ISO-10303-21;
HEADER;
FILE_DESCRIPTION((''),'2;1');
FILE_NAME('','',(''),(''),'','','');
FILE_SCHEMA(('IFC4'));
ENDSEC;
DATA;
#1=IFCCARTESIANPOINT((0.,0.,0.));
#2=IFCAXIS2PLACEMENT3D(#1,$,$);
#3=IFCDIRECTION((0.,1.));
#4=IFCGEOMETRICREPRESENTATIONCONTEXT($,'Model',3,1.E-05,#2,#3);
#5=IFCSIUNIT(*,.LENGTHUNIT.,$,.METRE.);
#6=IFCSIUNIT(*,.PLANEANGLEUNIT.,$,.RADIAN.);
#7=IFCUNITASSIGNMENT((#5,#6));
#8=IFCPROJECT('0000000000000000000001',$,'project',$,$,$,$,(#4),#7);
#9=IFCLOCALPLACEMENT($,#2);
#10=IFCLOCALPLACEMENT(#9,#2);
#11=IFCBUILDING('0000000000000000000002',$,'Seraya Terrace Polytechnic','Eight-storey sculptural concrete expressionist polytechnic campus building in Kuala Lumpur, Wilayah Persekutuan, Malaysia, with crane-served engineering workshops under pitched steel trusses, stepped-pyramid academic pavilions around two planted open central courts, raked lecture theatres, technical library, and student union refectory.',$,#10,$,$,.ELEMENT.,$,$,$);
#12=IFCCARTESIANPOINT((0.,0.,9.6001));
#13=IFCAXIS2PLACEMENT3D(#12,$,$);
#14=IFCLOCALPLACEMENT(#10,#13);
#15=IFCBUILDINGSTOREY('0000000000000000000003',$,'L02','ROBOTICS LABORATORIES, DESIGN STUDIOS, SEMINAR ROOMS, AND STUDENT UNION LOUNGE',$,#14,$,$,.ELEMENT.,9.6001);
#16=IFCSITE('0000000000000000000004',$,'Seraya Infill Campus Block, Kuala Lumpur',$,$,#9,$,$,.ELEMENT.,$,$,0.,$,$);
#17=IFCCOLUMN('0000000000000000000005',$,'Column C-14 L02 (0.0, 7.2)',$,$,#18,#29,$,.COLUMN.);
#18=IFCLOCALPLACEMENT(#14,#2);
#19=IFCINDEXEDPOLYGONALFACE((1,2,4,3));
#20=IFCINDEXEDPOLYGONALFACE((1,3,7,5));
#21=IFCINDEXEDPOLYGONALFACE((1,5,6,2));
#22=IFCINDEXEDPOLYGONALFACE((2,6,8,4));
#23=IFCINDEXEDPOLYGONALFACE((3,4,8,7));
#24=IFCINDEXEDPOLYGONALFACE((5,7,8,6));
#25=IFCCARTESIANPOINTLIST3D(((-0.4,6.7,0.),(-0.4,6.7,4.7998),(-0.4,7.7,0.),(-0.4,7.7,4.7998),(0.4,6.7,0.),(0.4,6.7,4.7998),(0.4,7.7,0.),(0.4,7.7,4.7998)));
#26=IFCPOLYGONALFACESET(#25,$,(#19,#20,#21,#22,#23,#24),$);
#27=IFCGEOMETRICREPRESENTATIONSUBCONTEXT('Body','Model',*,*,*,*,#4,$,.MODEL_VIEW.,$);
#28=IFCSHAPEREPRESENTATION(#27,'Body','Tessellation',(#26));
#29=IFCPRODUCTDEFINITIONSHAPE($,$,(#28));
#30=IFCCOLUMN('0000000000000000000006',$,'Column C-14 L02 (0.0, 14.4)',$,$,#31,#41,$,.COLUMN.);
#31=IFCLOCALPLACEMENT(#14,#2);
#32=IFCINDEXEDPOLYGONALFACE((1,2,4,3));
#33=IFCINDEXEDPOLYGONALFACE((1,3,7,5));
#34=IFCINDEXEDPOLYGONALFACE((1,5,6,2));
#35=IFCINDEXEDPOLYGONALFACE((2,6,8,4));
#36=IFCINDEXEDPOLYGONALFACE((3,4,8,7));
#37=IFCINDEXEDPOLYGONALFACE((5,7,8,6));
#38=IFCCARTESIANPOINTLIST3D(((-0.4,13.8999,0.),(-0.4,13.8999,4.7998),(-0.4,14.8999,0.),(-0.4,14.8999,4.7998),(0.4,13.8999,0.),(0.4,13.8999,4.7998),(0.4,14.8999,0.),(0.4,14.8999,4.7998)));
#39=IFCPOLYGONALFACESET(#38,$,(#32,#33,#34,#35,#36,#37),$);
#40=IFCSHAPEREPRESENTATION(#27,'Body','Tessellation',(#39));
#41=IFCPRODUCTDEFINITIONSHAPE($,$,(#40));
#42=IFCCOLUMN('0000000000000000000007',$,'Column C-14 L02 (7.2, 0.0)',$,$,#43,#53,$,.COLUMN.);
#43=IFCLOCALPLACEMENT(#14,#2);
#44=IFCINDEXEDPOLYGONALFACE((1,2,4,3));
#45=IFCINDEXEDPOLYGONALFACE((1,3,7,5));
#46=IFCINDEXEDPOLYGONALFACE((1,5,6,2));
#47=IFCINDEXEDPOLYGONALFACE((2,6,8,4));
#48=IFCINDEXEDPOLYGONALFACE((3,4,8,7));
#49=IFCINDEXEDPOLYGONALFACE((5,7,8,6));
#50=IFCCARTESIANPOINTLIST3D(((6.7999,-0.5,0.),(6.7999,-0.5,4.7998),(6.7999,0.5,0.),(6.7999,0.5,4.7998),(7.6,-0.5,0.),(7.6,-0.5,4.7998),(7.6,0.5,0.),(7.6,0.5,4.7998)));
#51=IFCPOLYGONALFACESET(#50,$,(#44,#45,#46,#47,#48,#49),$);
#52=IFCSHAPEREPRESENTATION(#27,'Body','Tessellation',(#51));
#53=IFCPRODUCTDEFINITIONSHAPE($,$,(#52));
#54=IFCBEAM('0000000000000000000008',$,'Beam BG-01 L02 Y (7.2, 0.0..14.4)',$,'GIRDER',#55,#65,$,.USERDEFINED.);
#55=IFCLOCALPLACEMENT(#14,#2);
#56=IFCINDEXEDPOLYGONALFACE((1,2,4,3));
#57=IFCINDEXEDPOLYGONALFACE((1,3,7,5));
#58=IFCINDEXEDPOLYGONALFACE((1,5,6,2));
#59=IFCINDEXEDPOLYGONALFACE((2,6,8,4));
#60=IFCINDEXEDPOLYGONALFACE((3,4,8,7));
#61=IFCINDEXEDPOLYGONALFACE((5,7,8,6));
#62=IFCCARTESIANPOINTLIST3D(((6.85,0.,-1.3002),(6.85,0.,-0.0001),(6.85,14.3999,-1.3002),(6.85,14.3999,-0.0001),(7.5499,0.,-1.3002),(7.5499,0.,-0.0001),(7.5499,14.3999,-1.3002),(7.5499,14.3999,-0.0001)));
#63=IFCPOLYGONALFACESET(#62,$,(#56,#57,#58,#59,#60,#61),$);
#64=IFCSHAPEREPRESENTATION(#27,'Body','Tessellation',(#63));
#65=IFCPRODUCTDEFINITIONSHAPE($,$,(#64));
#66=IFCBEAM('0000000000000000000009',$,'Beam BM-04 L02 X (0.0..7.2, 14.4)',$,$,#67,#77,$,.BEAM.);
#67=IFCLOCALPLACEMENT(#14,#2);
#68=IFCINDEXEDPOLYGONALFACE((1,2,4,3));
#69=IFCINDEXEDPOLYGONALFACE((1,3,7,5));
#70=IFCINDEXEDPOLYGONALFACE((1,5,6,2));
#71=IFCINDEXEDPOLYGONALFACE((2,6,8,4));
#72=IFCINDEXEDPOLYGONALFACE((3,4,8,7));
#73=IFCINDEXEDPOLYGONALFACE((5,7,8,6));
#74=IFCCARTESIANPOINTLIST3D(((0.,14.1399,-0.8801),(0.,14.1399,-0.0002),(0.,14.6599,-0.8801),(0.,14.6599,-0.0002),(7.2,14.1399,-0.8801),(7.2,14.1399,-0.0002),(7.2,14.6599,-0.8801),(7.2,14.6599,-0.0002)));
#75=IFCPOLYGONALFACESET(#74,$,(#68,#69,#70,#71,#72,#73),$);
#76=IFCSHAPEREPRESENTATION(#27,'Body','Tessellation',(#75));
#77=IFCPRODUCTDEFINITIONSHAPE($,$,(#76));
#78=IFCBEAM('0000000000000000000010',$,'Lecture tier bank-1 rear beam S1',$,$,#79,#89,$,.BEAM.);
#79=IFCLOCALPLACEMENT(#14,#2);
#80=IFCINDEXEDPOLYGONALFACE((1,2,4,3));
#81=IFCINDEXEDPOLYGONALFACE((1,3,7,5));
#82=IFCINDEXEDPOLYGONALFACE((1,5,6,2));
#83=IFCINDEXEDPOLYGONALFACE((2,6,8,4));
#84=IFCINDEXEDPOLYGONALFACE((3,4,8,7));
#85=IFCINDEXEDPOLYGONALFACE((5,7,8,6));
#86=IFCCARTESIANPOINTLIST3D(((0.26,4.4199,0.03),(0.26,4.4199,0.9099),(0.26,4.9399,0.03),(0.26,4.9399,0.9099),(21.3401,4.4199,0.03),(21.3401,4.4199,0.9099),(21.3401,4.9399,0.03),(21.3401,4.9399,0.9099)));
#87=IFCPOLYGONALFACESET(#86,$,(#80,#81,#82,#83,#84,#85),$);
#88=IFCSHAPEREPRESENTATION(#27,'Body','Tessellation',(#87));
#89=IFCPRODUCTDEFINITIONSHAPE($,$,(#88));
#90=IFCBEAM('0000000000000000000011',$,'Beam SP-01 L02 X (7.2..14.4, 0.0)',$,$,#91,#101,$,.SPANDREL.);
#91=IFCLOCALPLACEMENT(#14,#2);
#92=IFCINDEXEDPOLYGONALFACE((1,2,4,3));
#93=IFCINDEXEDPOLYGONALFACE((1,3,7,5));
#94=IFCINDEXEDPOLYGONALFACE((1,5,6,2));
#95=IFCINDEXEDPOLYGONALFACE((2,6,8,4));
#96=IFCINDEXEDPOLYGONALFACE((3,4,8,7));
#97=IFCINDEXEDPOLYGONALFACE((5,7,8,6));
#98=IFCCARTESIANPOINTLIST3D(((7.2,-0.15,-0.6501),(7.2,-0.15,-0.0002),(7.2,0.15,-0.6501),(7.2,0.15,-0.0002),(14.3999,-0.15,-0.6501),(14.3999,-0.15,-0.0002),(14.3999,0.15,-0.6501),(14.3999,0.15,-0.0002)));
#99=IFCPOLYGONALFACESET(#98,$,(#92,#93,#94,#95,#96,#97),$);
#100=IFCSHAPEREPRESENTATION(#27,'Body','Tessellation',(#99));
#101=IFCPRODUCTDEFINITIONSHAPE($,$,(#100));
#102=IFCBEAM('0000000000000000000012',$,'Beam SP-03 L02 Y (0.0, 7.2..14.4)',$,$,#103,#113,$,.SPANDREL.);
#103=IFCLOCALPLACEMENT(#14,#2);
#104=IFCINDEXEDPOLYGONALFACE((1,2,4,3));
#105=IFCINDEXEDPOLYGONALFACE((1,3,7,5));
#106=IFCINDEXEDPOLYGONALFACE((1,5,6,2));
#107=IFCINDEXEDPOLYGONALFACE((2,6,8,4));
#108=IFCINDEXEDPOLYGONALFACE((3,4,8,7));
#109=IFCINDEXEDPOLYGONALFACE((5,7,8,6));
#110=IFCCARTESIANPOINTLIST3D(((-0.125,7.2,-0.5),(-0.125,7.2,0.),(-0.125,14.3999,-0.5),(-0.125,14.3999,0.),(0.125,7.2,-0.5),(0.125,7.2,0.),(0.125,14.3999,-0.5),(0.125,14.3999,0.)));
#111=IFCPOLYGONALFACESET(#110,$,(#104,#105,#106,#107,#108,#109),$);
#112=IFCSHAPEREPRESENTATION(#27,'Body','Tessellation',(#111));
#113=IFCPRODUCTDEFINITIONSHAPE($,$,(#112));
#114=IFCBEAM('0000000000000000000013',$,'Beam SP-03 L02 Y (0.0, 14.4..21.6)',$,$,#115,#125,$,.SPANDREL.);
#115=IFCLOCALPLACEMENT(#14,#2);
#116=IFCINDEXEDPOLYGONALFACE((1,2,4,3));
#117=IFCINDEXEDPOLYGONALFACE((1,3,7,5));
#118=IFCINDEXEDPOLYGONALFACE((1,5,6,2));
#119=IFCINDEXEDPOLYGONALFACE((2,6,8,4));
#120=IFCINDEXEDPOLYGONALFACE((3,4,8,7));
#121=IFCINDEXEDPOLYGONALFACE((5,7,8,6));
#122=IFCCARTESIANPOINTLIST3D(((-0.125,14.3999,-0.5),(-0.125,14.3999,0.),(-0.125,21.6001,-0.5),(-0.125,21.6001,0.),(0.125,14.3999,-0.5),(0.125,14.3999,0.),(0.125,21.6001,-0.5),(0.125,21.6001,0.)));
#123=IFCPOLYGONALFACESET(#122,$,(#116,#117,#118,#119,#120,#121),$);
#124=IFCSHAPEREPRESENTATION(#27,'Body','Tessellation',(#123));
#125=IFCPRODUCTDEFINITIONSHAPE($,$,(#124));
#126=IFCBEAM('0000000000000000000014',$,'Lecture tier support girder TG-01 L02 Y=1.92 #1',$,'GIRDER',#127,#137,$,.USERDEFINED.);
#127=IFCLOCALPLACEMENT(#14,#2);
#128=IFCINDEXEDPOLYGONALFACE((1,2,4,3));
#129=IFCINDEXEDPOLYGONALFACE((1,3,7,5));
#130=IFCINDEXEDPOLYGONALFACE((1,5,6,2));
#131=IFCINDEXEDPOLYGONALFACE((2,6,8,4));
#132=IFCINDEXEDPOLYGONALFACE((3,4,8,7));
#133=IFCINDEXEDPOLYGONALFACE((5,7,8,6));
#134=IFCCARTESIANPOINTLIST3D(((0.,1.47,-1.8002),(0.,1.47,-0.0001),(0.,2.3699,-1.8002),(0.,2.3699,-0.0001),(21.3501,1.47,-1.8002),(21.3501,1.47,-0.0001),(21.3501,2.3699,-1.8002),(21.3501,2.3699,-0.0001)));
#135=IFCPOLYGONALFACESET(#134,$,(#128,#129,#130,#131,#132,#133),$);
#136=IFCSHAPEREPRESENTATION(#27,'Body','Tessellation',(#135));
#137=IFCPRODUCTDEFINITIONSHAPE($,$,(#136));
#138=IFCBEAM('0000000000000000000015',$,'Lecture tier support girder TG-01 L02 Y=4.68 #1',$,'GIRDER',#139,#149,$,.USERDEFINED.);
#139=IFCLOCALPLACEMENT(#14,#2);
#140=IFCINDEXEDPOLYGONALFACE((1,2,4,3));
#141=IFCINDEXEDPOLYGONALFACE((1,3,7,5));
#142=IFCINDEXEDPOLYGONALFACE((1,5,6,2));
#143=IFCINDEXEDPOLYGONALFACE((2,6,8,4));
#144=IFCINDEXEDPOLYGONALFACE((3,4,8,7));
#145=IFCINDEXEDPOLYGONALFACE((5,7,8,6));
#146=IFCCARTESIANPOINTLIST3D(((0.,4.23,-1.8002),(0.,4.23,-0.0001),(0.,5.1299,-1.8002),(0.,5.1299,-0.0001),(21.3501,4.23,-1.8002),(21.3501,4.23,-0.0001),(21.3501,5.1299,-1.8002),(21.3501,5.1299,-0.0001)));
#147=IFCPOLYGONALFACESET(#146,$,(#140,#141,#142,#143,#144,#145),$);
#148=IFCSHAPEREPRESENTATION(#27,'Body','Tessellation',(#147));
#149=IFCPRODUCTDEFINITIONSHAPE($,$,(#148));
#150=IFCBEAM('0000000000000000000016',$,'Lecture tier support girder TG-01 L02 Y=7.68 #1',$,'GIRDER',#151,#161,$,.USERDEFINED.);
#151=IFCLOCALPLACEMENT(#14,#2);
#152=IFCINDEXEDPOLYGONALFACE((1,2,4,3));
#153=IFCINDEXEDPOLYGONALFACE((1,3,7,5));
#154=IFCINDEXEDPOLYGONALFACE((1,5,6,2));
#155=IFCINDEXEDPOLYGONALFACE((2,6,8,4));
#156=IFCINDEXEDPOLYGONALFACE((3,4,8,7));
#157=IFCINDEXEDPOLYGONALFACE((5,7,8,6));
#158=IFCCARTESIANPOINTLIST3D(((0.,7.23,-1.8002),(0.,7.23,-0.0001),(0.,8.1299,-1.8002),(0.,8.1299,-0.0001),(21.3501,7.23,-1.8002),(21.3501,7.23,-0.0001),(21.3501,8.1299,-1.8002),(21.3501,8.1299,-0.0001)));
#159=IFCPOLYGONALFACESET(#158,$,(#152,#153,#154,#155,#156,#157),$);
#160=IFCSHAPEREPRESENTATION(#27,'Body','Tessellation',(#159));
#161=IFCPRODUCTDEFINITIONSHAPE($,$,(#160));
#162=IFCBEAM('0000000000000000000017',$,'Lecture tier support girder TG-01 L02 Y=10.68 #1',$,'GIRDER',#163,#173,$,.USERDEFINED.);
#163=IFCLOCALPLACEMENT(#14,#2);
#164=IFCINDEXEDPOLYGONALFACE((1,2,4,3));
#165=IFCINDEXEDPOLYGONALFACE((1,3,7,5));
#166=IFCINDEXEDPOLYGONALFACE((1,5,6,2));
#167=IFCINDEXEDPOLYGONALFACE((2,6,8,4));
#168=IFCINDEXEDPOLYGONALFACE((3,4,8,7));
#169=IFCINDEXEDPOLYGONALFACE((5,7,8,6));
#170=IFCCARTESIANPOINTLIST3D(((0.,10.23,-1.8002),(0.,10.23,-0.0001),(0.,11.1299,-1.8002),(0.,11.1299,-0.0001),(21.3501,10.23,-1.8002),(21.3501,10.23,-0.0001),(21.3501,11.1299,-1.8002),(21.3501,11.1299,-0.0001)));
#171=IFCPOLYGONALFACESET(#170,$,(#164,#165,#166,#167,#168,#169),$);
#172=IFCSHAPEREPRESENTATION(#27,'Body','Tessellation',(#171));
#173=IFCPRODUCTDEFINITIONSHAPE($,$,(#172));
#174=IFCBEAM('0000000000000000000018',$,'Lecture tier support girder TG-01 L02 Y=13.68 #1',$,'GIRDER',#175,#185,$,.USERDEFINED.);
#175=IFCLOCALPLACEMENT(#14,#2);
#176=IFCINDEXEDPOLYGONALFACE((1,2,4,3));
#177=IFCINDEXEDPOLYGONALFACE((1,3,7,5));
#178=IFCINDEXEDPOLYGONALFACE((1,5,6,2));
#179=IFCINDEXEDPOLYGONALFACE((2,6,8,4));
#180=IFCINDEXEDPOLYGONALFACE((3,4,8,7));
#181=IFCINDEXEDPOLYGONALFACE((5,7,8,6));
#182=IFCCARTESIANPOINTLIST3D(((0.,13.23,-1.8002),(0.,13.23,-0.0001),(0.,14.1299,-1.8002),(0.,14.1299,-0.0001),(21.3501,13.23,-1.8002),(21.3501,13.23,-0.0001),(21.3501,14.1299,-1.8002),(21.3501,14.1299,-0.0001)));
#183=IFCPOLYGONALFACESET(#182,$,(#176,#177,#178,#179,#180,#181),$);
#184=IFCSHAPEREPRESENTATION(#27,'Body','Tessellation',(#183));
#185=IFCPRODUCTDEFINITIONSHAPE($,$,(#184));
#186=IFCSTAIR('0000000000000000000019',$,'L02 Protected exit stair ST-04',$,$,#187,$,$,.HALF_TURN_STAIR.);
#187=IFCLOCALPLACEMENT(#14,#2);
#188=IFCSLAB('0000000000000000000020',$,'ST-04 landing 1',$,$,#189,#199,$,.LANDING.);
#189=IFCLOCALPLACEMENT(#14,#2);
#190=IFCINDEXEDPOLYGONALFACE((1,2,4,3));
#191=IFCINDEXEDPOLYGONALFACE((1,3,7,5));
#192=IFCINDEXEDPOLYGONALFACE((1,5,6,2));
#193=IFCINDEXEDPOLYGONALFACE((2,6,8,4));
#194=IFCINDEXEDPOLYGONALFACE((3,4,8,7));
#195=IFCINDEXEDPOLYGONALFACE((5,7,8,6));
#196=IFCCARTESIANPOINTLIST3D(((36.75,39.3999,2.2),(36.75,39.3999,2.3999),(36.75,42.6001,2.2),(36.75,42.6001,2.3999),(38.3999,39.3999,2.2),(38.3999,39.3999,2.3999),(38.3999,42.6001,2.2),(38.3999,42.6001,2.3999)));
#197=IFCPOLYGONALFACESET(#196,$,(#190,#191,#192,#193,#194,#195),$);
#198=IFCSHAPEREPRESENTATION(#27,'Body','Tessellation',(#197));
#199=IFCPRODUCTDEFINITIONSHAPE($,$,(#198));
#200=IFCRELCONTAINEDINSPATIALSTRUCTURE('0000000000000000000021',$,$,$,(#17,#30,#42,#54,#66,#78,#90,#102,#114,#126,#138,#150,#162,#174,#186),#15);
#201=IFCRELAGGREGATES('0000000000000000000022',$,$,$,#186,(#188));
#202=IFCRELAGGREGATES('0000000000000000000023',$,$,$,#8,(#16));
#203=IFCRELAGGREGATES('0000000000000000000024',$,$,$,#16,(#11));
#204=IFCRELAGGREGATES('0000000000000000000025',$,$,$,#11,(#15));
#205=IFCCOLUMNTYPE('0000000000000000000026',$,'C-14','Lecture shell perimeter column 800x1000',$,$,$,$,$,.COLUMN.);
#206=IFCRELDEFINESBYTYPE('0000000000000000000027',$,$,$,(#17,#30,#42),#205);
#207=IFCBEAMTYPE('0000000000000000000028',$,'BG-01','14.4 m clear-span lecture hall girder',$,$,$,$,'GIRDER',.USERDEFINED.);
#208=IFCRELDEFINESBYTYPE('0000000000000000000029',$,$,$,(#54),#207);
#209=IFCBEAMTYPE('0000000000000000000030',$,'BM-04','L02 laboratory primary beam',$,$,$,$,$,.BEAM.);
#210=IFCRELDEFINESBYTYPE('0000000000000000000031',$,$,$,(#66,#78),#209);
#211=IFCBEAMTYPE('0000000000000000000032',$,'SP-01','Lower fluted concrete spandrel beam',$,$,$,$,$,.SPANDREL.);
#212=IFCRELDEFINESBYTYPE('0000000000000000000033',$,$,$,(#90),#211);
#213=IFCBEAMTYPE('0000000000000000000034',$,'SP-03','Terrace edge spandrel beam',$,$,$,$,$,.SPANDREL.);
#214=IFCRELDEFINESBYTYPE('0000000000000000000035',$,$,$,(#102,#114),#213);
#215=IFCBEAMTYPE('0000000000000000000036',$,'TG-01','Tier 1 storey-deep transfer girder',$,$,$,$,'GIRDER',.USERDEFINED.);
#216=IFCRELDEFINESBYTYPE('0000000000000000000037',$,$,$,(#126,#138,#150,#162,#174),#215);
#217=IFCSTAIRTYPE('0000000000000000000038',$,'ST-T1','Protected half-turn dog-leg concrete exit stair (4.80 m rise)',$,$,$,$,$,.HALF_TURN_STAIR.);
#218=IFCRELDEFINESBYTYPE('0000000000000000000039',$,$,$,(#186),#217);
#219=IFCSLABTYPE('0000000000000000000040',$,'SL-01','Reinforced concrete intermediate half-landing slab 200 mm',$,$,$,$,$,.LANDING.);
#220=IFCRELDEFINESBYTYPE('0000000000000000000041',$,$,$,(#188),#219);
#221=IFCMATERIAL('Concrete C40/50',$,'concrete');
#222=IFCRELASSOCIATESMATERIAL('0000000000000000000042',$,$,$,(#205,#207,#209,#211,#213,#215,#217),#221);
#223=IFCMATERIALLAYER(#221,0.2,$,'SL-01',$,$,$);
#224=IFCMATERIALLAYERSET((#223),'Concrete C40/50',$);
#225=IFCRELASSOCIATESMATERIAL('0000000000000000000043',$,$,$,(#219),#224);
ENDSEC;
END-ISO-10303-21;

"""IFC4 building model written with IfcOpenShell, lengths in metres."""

from ifc_helpers import new_model, si_unit, direction, frame, origin, origin_2d, place, context, subcontext, project, spatial, polyline, rectangle, outline, extrude, material, layer, layer_set, material_profile, profile_set, type_object, element, aggregate, save


model = new_model("IFC4")

# Units and contexts
model_context = context("Model", 3, precision=1e-05, world=origin(), true_north=direction((0.0, 1.0)))
body_context = subcontext(model_context, "Body", "Model", "MODEL_VIEW")
ifc_project = project(units=[si_unit("LENGTHUNIT", "METRE"), si_unit("PLANEANGLEUNIT", "RADIAN")], contexts=[model_context])

# Site, building, storey
site_placement = place(None, origin())
site = spatial("IfcSite", under=ifc_project, at=site_placement, Name="Seraya Infill Campus Block, Kuala Lumpur", CompositionType="ELEMENT", RefElevation=0.0)
building_placement = place(site_placement, origin())
building = spatial("IfcBuilding", under=site, at=building_placement, Name="Seraya Terrace Polytechnic", Description="Eight-storey sculptural concrete expressionist polytechnic campus building in Kuala Lumpur, Wilayah Persekutuan, Malaysia, with crane-served engineering workshops under pitched steel trusses, stepped-pyramid academic pavilions around two planted open central courts, raked lecture theatres, technical library, and student union refectory.", CompositionType="ELEMENT")
storey_placement = place(building_placement, frame((0.0, 0.0, 9.6001)))
storey = spatial("IfcBuildingStorey", under=building, at=storey_placement, Name="L02", Description="ROBOTICS LABORATORIES, DESIGN STUDIOS, SEMINAR ROOMS, AND STUDENT UNION LOUNGE", CompositionType="ELEMENT", Elevation=9.6001)

# Columns
ifc_material_1 = material(Name="Concrete C40/50", Category="concrete")
ifc_material_profile_1 = material_profile(ifc_material_1, rectangle(XDim=0.8, YDim=1.0, at=origin_2d()), Name="RC 800x1000")
ifc_profile_set_1 = profile_set([ifc_material_profile_1], Name="Concrete C40/50")
column_type = type_object("IfcColumnType", Name="C-14", Description="Lecture shell perimeter column 800x1000", PredefinedType="COLUMN", material=ifc_profile_set_1)
for number, where, z_axis, x_axis, name in (
    (1, (0.0, 7.2, 0.0), (0.0, 0.0, 1.0), (1.0, 0.0, 0.0), "Column C-14 L02 (0.0, 7.2)"),
    (2, (0.0, 14.3999, 0.0), (0.0, 0.0, 1.0), (1.0, 0.0, 0.0), "Column C-14 L02 (0.0, 14.4)"),
    (3, (7.2, 0.0, 0.0), (0.0, 0.0, 1.0), (1.0, 0.0, 0.0), "Column C-14 L02 (7.2, 0.0)"),
):
    element("IfcColumn", number, at=place(storey_placement, frame(where, z_axis=z_axis, x_axis=x_axis)), inside=storey, type_object=column_type, Name=name, PredefinedType="COLUMN", context=body_context, shape_type="SweptSolid", body=[
        extrude(rectangle(XDim=0.8, YDim=1.0, at=origin_2d()), origin(), (0.0, 0.0, 1.0), 4.7998),
    ])

# Beams
ifc_material_profile_2 = material_profile(ifc_material_1, rectangle(XDim=0.7, YDim=1.3, at=origin_2d()), Name="RC 700x1300")
ifc_profile_set_2 = profile_set([ifc_material_profile_2], Name="Concrete C40/50")
beam_type_1 = type_object("IfcBeamType", Name="BG-01", Description="14.4 m clear-span lecture hall girder", ElementType="GIRDER", PredefinedType="USERDEFINED", material=ifc_profile_set_2)
beam_1_placement = place(storey_placement, frame((7.2, 0.0, -0.6501), z_axis=(0.0, 1.0, 0.0), x_axis=(-1.0, 0.0, 0.0)))
element("IfcBeam", 4, at=beam_1_placement, inside=storey, type_object=beam_type_1, Name="Beam BG-01 L02 Y (7.2, 0.0..14.4)", ObjectType="GIRDER", PredefinedType="USERDEFINED", context=body_context, shape_type="SweptSolid", body=[
    extrude(rectangle(XDim=0.7, YDim=1.3, at=origin_2d()), origin(), (0.0, 0.0, 1.0), 14.3999),
])
ifc_material_profile_3 = material_profile(ifc_material_1, rectangle(XDim=0.52, YDim=0.8799, at=origin_2d()), Name="RC 520x880")
ifc_profile_set_3 = profile_set([ifc_material_profile_3], Name="Concrete C40/50")
beam_type_2 = type_object("IfcBeamType", Name="BM-04", Description="L02 laboratory primary beam", PredefinedType="BEAM", material=ifc_profile_set_3)
beam_2_placement = place(storey_placement, frame((0.0, 14.3999, -0.4402), z_axis=(1.0, 0.0, 0.0), x_axis=(0.0, 1.0, 0.0)))
element("IfcBeam", 5, at=beam_2_placement, inside=storey, type_object=beam_type_2, Name="Beam BM-04 L02 X (0.0..7.2, 14.4)", PredefinedType="BEAM", context=body_context, shape_type="SweptSolid", body=[
    extrude(rectangle(XDim=0.52, YDim=0.8799, at=origin_2d()), origin(), (0.0, 0.0, 1.0), 7.2),
])
beam_3_placement = place(storey_placement, frame((0.26, 4.6799, 0.47), z_axis=(1.0, 0.0, 0.0), x_axis=(0.0, 1.0, 0.0)))
element("IfcBeam", 6, at=beam_3_placement, inside=storey, type_object=beam_type_2, Name="Lecture tier bank-1 rear beam S1", PredefinedType="BEAM", context=body_context, shape_type="SweptSolid", body=[
    extrude(rectangle(XDim=0.52, YDim=0.8799, at=origin_2d()), origin(), (0.0, 0.0, 1.0), 21.0801),
])
ifc_material_profile_4 = material_profile(ifc_material_1, rectangle(XDim=0.3, YDim=0.6499, at=origin_2d()), Name="RC 300x650")
ifc_profile_set_4 = profile_set([ifc_material_profile_4], Name="Concrete C40/50")
beam_type_3 = type_object("IfcBeamType", Name="SP-01", Description="Lower fluted concrete spandrel beam", PredefinedType="SPANDREL", material=ifc_profile_set_4)
beam_4_placement = place(storey_placement, frame((7.2, 0.0, -0.3252), z_axis=(1.0, 0.0, 0.0), x_axis=(0.0, 1.0, 0.0)))
element("IfcBeam", 7, at=beam_4_placement, inside=storey, type_object=beam_type_3, Name="Beam SP-01 L02 X (7.2..14.4, 0.0)", PredefinedType="SPANDREL", context=body_context, shape_type="SweptSolid", body=[
    extrude(rectangle(XDim=0.3, YDim=0.6499, at=origin_2d()), origin(), (0.0, 0.0, 1.0), 7.2),
])
ifc_material_profile_5 = material_profile(ifc_material_1, rectangle(XDim=0.25, YDim=0.5, at=origin_2d()), Name="RC 250x500")
ifc_profile_set_5 = profile_set([ifc_material_profile_5], Name="Concrete C40/50")
beam_type_4 = type_object("IfcBeamType", Name="SP-03", Description="Terrace edge spandrel beam", PredefinedType="SPANDREL", material=ifc_profile_set_5)
beam_5_placement = place(storey_placement, frame((0.0, 7.2, -0.25), z_axis=(0.0, 1.0, 0.0), x_axis=(-1.0, 0.0, 0.0)))
element("IfcBeam", 8, at=beam_5_placement, inside=storey, type_object=beam_type_4, Name="Beam SP-03 L02 Y (0.0, 7.2..14.4)", PredefinedType="SPANDREL", context=body_context, shape_type="SweptSolid", body=[
    extrude(rectangle(XDim=0.25, YDim=0.5, at=origin_2d()), origin(), (0.0, 0.0, 1.0), 7.2),
])
beam_6_placement = place(storey_placement, frame((0.0, 14.3999, -0.25), z_axis=(0.0, 1.0, 0.0), x_axis=(-1.0, 0.0, 0.0)))
element("IfcBeam", 9, at=beam_6_placement, inside=storey, type_object=beam_type_4, Name="Beam SP-03 L02 Y (0.0, 14.4..21.6)", PredefinedType="SPANDREL", context=body_context, shape_type="SweptSolid", body=[
    extrude(rectangle(XDim=0.25, YDim=0.5, at=origin_2d()), origin(), (0.0, 0.0, 1.0), 7.2002),
])
ifc_material_profile_6 = material_profile(ifc_material_1, rectangle(XDim=0.8999, YDim=1.8, at=origin_2d()), Name="RC 900x1800")
ifc_profile_set_6 = profile_set([ifc_material_profile_6], Name="Concrete C40/50")
beam_type_5 = type_object("IfcBeamType", Name="TG-01", Description="Tier 1 storey-deep transfer girder", ElementType="GIRDER", PredefinedType="USERDEFINED", material=ifc_profile_set_6)
for number, where, z_axis, x_axis, name in (
    (10, (0.0, 1.9199, -0.9001), (1.0, 0.0, 0.0), (0.0, 1.0, 0.0), "Lecture tier support girder TG-01 L02 Y=1.92 #1"),
    (11, (0.0, 4.6799, -0.9001), (1.0, 0.0, 0.0), (0.0, 1.0, 0.0), "Lecture tier support girder TG-01 L02 Y=4.68 #1"),
    (12, (0.0, 7.6799, -0.9001), (1.0, 0.0, 0.0), (0.0, 1.0, 0.0), "Lecture tier support girder TG-01 L02 Y=7.68 #1"),
    (13, (0.0, 10.6799, -0.9001), (1.0, 0.0, 0.0), (0.0, 1.0, 0.0), "Lecture tier support girder TG-01 L02 Y=10.68 #1"),
    (14, (0.0, 13.6799, -0.9001), (1.0, 0.0, 0.0), (0.0, 1.0, 0.0), "Lecture tier support girder TG-01 L02 Y=13.68 #1"),
):
    element("IfcBeam", number, at=place(storey_placement, frame(where, z_axis=z_axis, x_axis=x_axis)), inside=storey, type_object=beam_type_5, Name=name, ObjectType="GIRDER", PredefinedType="USERDEFINED", context=body_context, shape_type="SweptSolid", body=[
        extrude(rectangle(XDim=0.8999, YDim=1.8, at=origin_2d()), origin(), (0.0, 0.0, 1.0), 21.3501),
    ])

# Stair, slab
stair_type = type_object("IfcStairType", Name="ST-T1", Description="Protected half-turn dog-leg concrete exit stair (4.80 m rise)", PredefinedType="HALF_TURN_STAIR", material=ifc_material_1)
stair_1_placement = place(storey_placement, origin())
stair_1 = element("IfcStair", 15, at=stair_1_placement, inside=storey, type_object=stair_type, Name="L02 Protected exit stair ST-04", PredefinedType="HALF_TURN_STAIR")
ifc_layer_1 = layer(ifc_material_1, 0.2, Name="SL-01")
ifc_layer_set_1 = layer_set([ifc_layer_1], Name="Concrete C40/50")
slab_type_1 = type_object("IfcSlabType", Name="SL-01", Description="Reinforced concrete intermediate half-landing slab 200 mm", PredefinedType="LANDING", material=ifc_layer_set_1)
slab_1_placement = place(storey_placement, frame((0.0, 0.0, 2.2)))
slab_1 = element("IfcSlab", 16, at=slab_1_placement, type_object=slab_type_1, Name="ST-04 landing 1", PredefinedType="LANDING", context=body_context, shape_type="SweptSolid", body=[
    extrude(outline(polyline([(36.75, 39.3999), (38.3999, 39.3999), (38.3999, 42.6001), (36.75, 42.6001), (36.75, 39.3999)])), origin(), (0.0, 0.0, 1.0), 0.2),
])
aggregate(stair_1, [slab_1])

save(model, "model.ifc")
